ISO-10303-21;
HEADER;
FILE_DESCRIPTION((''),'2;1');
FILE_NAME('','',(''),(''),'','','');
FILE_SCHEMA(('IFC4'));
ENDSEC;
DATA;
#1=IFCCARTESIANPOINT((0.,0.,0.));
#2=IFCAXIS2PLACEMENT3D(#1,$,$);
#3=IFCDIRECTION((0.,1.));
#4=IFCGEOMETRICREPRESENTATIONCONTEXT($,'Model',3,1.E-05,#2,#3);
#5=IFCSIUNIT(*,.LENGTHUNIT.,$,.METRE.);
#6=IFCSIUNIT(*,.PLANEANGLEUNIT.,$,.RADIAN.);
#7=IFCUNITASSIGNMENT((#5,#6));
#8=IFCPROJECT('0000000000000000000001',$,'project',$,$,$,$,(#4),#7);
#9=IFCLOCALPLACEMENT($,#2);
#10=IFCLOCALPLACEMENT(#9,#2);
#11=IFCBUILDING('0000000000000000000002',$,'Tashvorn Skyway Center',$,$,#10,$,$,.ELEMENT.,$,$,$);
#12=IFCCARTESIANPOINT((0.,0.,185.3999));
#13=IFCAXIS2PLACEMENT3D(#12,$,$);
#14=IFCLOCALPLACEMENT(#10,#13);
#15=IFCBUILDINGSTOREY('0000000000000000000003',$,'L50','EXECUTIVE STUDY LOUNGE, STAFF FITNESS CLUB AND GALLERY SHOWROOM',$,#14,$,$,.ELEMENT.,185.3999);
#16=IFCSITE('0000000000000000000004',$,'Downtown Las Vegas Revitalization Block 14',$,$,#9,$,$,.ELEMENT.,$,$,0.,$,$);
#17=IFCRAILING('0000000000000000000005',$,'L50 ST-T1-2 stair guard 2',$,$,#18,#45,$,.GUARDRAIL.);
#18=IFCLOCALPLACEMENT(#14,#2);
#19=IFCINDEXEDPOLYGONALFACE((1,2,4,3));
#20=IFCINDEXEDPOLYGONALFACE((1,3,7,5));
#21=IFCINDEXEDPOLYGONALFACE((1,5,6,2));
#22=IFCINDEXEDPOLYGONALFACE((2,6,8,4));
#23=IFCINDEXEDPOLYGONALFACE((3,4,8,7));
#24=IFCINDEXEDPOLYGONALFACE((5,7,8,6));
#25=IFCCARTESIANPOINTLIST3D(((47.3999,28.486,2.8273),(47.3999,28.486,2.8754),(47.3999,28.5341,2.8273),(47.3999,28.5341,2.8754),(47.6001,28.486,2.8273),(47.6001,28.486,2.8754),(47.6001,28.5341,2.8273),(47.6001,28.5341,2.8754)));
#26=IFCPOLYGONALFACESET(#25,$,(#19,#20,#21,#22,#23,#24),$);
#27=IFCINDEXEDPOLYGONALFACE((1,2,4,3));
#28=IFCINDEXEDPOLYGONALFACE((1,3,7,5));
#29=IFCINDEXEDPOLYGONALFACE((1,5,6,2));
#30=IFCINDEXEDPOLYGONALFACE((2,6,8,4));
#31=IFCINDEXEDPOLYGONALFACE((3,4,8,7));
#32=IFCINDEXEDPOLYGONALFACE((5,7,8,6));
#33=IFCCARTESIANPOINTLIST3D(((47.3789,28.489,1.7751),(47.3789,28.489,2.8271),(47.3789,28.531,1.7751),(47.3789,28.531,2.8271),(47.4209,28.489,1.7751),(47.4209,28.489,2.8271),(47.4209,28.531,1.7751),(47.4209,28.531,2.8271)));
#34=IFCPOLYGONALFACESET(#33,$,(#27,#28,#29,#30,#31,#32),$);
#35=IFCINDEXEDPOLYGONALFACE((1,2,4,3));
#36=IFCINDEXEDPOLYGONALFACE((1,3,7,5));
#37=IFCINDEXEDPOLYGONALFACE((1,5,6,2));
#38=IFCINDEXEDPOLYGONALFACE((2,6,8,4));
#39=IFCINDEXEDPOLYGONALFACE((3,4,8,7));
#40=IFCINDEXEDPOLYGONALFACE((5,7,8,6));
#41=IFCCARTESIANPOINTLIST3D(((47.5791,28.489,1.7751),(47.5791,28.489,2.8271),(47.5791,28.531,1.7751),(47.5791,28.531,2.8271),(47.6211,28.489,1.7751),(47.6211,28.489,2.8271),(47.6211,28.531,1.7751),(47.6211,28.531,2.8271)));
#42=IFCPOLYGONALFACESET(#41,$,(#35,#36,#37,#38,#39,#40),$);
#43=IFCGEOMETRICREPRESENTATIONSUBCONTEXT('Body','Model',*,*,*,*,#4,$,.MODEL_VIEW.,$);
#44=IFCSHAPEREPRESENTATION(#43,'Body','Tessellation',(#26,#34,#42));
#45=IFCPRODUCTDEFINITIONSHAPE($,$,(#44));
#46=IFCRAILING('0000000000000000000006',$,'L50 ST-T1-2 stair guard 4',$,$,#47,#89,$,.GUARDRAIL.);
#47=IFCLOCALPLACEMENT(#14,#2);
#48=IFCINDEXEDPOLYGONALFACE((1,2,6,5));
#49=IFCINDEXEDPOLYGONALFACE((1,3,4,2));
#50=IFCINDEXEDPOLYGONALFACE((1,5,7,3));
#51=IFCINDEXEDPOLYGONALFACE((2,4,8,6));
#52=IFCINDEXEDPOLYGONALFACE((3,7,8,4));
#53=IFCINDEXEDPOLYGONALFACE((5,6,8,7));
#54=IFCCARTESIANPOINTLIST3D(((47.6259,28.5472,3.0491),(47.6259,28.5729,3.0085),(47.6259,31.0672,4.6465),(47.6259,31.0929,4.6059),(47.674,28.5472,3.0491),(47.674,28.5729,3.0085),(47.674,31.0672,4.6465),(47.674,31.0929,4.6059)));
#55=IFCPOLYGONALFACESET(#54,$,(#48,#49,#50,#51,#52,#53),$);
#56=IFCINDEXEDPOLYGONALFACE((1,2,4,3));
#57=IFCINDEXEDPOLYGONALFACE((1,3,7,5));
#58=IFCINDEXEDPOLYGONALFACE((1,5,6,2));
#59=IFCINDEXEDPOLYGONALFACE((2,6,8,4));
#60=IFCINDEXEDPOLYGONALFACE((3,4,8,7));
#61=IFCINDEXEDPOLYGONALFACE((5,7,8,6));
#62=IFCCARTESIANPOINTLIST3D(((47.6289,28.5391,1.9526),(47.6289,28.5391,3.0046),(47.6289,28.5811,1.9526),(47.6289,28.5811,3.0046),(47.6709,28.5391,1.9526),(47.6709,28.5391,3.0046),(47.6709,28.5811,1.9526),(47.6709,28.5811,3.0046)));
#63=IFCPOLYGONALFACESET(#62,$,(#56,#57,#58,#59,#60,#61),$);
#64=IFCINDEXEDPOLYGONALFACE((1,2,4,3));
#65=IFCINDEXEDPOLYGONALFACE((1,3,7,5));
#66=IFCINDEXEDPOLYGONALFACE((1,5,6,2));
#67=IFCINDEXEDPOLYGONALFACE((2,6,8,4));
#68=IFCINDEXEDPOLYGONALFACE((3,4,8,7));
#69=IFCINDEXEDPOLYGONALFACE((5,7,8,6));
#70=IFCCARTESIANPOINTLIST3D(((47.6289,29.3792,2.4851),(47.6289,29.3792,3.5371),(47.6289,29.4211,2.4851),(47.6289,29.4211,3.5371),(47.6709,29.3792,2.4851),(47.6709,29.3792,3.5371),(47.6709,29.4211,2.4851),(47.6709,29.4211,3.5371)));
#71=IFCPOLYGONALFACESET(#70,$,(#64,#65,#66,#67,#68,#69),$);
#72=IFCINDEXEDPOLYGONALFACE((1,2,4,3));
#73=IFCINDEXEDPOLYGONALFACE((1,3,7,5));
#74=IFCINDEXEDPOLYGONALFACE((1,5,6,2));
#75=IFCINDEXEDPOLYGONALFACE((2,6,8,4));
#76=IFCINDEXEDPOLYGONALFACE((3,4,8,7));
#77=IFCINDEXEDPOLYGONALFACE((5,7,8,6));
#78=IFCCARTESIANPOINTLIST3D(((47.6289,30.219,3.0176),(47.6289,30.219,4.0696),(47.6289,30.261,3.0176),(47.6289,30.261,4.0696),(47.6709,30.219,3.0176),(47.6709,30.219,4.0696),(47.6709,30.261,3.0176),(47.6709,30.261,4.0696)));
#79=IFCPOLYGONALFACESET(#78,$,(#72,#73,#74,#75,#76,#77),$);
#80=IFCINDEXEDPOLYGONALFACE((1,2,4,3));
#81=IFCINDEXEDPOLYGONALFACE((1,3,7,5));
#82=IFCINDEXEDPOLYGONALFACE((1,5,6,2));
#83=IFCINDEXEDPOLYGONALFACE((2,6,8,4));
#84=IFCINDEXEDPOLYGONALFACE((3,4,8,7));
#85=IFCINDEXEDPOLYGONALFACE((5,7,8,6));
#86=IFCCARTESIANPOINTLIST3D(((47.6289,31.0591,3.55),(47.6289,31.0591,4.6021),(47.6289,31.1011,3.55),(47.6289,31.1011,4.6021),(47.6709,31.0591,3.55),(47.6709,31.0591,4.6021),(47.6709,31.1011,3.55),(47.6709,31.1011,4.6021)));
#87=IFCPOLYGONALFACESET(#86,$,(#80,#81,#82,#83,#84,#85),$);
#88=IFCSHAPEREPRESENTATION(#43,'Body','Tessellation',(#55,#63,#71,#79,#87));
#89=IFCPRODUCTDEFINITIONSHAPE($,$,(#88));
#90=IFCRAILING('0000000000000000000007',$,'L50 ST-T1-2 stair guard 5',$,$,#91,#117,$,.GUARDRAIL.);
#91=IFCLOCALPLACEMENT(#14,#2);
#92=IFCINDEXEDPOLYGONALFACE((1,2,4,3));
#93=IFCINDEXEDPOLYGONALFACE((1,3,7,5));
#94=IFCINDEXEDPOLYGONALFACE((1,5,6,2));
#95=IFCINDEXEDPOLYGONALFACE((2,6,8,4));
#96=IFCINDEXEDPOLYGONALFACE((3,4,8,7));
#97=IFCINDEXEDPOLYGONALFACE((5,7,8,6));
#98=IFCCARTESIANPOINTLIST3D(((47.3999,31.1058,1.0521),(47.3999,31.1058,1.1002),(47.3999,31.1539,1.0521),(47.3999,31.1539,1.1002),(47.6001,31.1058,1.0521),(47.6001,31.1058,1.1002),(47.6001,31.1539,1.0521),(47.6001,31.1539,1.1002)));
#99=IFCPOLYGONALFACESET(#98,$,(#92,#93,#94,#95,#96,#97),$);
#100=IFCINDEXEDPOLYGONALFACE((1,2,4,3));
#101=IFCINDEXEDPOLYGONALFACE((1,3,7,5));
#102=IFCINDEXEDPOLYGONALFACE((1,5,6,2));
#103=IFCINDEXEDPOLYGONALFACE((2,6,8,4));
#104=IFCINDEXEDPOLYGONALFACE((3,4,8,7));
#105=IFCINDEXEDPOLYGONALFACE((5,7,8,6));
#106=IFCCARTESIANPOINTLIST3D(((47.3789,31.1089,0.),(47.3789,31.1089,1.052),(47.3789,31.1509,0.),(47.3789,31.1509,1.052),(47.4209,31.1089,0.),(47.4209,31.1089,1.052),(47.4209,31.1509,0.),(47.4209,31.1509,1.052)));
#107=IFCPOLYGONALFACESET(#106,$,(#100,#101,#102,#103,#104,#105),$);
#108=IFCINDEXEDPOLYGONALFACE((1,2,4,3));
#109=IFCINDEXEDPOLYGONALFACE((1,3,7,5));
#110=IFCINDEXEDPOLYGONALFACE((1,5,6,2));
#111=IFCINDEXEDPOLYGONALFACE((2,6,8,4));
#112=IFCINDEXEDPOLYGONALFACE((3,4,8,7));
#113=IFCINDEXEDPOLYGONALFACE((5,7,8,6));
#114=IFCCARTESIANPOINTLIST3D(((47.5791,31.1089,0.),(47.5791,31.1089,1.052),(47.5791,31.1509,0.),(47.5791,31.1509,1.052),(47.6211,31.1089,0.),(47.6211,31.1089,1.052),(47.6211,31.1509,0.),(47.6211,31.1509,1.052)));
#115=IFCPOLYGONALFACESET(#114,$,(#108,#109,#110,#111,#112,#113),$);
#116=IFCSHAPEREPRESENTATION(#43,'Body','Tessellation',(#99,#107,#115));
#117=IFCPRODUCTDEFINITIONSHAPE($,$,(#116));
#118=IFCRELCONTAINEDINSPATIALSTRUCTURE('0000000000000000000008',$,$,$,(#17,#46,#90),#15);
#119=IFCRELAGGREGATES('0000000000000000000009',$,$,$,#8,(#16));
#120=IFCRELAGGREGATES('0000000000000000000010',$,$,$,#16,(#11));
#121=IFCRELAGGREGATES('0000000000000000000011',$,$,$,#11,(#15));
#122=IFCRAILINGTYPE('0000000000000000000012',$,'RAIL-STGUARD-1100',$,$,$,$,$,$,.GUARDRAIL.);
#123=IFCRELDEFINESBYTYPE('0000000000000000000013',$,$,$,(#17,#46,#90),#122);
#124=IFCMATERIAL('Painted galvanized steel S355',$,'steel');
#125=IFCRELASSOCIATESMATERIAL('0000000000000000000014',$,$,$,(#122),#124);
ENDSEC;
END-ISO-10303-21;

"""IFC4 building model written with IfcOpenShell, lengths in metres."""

from ifc_helpers import new_model, si_unit, direction, frame, origin, origin_2d, place, context, subcontext, project, spatial, rectangle, extrude, material, type_object, element, save


model = new_model("IFC4")

# Units and contexts
model_context = context("Model", 3, precision=1e-05, world=origin(), true_north=direction((0.0, 1.0)))
body_context = subcontext(model_context, "Body", "Model", "MODEL_VIEW")
ifc_project = project(units=[si_unit("LENGTHUNIT", "METRE"), si_unit("PLANEANGLEUNIT", "RADIAN")], contexts=[model_context])

# Site, building, storey
site_placement = place(None, origin())
site = spatial("IfcSite", under=ifc_project, at=site_placement, Name="Downtown Las Vegas Revitalization Block 14", CompositionType="ELEMENT", RefElevation=0.0)
building_placement = place(site_placement, origin())
building = spatial("IfcBuilding", under=site, at=building_placement, Name="Tashvorn Skyway Center", CompositionType="ELEMENT")
storey_placement = place(building_placement, frame((0.0, 0.0, 185.3999)))
storey = spatial("IfcBuildingStorey", under=building, at=storey_placement, Name="L50", Description="EXECUTIVE STUDY LOUNGE, STAFF FITNESS CLUB AND GALLERY SHOWROOM", CompositionType="ELEMENT", Elevation=185.3999)

# Railings
ifc_material_1 = material(Name="Painted galvanized steel S355", Category="steel")
railing_type_1 = type_object("IfcRailingType", Name="RAIL-STGUARD-1100", PredefinedType="GUARDRAIL", material=ifc_material_1)
railing_1_placement = place(storey_placement, frame((47.3999, 28.51, 1.7751)))
element("IfcRailing", 1, at=railing_1_placement, inside=storey, type_object=railing_type_1, Name="L50 ST-T1-2 stair guard 2", PredefinedType="GUARDRAIL", context=body_context, shape_type="SweptSolid", body=[
    extrude(rectangle(XDim=0.0481, YDim=0.0481, at=origin_2d()), frame((0.0, 0.0, 1.0762), z_axis=(1.0, 0.0, 0.0), x_axis=(0.0, 1.0, 0.0)), (0.0, 0.0, 1.0), 0.2002),
    extrude(rectangle(XDim=0.042, YDim=0.042, at=origin_2d()), origin(), (0.0, 0.0, 1.0), 1.052),
    extrude(rectangle(XDim=0.042, YDim=0.042, at=origin_2d()), frame((0.2002, 0.0, 0.0)), (0.0, 0.0, 1.0), 1.052),
])
railing_2_placement = place(storey_placement, frame((47.6499, 28.5601, 1.9526)))
element("IfcRailing", 2, at=railing_2_placement, inside=storey, type_object=railing_type_1, Name="L50 ST-T1-2 stair guard 4", PredefinedType="GUARDRAIL", context=body_context, shape_type="SweptSolid", body=[
    extrude(rectangle(XDim=0.0481, YDim=0.0481, at=origin_2d()), frame((0.0, 0.0, 1.0762), z_axis=(0.0, 0.844607, 0.535387), x_axis=(-1.0, 0.0, 0.0)), (0.0, 0.0, 1.0), 2.9836),
    extrude(rectangle(XDim=0.042, YDim=0.042, at=origin_2d()), origin(), (0.0, 0.0, 1.0), 1.052),
    extrude(rectangle(XDim=0.042, YDim=0.042, at=origin_2d()), frame((0.0, 0.8401, 0.5325)), (0.0, 0.0, 1.0), 1.052),
    extrude(rectangle(XDim=0.042, YDim=0.042, at=origin_2d()), frame((0.0, 1.6799, 1.0649)), (0.0, 0.0, 1.0), 1.052),
    extrude(rectangle(XDim=0.042, YDim=0.042, at=origin_2d()), frame((0.0, 2.52, 1.5974)), (0.0, 0.0, 1.0), 1.052),
])
railing_3_placement = place(storey_placement, frame((47.3999, 31.1299, 0.0)))
element("IfcRailing", 3, at=railing_3_placement, inside=storey, type_object=railing_type_1, Name="L50 ST-T1-2 stair guard 5", PredefinedType="GUARDRAIL", context=body_context, shape_type="SweptSolid", body=[
    extrude(rectangle(XDim=0.0481, YDim=0.0481, at=origin_2d()), frame((0.0, 0.0, 1.0762), z_axis=(1.0, 0.0, 0.0), x_axis=(0.0, 1.0, 0.0)), (0.0, 0.0, 1.0), 0.2002),
    extrude(rectangle(XDim=0.042, YDim=0.042, at=origin_2d()), origin(), (0.0, 0.0, 1.0), 1.052),
    extrude(rectangle(XDim=0.042, YDim=0.042, at=origin_2d()), frame((0.2002, 0.0, 0.0)), (0.0, 0.0, 1.0), 1.052),
])

save(model, "model.ifc")
